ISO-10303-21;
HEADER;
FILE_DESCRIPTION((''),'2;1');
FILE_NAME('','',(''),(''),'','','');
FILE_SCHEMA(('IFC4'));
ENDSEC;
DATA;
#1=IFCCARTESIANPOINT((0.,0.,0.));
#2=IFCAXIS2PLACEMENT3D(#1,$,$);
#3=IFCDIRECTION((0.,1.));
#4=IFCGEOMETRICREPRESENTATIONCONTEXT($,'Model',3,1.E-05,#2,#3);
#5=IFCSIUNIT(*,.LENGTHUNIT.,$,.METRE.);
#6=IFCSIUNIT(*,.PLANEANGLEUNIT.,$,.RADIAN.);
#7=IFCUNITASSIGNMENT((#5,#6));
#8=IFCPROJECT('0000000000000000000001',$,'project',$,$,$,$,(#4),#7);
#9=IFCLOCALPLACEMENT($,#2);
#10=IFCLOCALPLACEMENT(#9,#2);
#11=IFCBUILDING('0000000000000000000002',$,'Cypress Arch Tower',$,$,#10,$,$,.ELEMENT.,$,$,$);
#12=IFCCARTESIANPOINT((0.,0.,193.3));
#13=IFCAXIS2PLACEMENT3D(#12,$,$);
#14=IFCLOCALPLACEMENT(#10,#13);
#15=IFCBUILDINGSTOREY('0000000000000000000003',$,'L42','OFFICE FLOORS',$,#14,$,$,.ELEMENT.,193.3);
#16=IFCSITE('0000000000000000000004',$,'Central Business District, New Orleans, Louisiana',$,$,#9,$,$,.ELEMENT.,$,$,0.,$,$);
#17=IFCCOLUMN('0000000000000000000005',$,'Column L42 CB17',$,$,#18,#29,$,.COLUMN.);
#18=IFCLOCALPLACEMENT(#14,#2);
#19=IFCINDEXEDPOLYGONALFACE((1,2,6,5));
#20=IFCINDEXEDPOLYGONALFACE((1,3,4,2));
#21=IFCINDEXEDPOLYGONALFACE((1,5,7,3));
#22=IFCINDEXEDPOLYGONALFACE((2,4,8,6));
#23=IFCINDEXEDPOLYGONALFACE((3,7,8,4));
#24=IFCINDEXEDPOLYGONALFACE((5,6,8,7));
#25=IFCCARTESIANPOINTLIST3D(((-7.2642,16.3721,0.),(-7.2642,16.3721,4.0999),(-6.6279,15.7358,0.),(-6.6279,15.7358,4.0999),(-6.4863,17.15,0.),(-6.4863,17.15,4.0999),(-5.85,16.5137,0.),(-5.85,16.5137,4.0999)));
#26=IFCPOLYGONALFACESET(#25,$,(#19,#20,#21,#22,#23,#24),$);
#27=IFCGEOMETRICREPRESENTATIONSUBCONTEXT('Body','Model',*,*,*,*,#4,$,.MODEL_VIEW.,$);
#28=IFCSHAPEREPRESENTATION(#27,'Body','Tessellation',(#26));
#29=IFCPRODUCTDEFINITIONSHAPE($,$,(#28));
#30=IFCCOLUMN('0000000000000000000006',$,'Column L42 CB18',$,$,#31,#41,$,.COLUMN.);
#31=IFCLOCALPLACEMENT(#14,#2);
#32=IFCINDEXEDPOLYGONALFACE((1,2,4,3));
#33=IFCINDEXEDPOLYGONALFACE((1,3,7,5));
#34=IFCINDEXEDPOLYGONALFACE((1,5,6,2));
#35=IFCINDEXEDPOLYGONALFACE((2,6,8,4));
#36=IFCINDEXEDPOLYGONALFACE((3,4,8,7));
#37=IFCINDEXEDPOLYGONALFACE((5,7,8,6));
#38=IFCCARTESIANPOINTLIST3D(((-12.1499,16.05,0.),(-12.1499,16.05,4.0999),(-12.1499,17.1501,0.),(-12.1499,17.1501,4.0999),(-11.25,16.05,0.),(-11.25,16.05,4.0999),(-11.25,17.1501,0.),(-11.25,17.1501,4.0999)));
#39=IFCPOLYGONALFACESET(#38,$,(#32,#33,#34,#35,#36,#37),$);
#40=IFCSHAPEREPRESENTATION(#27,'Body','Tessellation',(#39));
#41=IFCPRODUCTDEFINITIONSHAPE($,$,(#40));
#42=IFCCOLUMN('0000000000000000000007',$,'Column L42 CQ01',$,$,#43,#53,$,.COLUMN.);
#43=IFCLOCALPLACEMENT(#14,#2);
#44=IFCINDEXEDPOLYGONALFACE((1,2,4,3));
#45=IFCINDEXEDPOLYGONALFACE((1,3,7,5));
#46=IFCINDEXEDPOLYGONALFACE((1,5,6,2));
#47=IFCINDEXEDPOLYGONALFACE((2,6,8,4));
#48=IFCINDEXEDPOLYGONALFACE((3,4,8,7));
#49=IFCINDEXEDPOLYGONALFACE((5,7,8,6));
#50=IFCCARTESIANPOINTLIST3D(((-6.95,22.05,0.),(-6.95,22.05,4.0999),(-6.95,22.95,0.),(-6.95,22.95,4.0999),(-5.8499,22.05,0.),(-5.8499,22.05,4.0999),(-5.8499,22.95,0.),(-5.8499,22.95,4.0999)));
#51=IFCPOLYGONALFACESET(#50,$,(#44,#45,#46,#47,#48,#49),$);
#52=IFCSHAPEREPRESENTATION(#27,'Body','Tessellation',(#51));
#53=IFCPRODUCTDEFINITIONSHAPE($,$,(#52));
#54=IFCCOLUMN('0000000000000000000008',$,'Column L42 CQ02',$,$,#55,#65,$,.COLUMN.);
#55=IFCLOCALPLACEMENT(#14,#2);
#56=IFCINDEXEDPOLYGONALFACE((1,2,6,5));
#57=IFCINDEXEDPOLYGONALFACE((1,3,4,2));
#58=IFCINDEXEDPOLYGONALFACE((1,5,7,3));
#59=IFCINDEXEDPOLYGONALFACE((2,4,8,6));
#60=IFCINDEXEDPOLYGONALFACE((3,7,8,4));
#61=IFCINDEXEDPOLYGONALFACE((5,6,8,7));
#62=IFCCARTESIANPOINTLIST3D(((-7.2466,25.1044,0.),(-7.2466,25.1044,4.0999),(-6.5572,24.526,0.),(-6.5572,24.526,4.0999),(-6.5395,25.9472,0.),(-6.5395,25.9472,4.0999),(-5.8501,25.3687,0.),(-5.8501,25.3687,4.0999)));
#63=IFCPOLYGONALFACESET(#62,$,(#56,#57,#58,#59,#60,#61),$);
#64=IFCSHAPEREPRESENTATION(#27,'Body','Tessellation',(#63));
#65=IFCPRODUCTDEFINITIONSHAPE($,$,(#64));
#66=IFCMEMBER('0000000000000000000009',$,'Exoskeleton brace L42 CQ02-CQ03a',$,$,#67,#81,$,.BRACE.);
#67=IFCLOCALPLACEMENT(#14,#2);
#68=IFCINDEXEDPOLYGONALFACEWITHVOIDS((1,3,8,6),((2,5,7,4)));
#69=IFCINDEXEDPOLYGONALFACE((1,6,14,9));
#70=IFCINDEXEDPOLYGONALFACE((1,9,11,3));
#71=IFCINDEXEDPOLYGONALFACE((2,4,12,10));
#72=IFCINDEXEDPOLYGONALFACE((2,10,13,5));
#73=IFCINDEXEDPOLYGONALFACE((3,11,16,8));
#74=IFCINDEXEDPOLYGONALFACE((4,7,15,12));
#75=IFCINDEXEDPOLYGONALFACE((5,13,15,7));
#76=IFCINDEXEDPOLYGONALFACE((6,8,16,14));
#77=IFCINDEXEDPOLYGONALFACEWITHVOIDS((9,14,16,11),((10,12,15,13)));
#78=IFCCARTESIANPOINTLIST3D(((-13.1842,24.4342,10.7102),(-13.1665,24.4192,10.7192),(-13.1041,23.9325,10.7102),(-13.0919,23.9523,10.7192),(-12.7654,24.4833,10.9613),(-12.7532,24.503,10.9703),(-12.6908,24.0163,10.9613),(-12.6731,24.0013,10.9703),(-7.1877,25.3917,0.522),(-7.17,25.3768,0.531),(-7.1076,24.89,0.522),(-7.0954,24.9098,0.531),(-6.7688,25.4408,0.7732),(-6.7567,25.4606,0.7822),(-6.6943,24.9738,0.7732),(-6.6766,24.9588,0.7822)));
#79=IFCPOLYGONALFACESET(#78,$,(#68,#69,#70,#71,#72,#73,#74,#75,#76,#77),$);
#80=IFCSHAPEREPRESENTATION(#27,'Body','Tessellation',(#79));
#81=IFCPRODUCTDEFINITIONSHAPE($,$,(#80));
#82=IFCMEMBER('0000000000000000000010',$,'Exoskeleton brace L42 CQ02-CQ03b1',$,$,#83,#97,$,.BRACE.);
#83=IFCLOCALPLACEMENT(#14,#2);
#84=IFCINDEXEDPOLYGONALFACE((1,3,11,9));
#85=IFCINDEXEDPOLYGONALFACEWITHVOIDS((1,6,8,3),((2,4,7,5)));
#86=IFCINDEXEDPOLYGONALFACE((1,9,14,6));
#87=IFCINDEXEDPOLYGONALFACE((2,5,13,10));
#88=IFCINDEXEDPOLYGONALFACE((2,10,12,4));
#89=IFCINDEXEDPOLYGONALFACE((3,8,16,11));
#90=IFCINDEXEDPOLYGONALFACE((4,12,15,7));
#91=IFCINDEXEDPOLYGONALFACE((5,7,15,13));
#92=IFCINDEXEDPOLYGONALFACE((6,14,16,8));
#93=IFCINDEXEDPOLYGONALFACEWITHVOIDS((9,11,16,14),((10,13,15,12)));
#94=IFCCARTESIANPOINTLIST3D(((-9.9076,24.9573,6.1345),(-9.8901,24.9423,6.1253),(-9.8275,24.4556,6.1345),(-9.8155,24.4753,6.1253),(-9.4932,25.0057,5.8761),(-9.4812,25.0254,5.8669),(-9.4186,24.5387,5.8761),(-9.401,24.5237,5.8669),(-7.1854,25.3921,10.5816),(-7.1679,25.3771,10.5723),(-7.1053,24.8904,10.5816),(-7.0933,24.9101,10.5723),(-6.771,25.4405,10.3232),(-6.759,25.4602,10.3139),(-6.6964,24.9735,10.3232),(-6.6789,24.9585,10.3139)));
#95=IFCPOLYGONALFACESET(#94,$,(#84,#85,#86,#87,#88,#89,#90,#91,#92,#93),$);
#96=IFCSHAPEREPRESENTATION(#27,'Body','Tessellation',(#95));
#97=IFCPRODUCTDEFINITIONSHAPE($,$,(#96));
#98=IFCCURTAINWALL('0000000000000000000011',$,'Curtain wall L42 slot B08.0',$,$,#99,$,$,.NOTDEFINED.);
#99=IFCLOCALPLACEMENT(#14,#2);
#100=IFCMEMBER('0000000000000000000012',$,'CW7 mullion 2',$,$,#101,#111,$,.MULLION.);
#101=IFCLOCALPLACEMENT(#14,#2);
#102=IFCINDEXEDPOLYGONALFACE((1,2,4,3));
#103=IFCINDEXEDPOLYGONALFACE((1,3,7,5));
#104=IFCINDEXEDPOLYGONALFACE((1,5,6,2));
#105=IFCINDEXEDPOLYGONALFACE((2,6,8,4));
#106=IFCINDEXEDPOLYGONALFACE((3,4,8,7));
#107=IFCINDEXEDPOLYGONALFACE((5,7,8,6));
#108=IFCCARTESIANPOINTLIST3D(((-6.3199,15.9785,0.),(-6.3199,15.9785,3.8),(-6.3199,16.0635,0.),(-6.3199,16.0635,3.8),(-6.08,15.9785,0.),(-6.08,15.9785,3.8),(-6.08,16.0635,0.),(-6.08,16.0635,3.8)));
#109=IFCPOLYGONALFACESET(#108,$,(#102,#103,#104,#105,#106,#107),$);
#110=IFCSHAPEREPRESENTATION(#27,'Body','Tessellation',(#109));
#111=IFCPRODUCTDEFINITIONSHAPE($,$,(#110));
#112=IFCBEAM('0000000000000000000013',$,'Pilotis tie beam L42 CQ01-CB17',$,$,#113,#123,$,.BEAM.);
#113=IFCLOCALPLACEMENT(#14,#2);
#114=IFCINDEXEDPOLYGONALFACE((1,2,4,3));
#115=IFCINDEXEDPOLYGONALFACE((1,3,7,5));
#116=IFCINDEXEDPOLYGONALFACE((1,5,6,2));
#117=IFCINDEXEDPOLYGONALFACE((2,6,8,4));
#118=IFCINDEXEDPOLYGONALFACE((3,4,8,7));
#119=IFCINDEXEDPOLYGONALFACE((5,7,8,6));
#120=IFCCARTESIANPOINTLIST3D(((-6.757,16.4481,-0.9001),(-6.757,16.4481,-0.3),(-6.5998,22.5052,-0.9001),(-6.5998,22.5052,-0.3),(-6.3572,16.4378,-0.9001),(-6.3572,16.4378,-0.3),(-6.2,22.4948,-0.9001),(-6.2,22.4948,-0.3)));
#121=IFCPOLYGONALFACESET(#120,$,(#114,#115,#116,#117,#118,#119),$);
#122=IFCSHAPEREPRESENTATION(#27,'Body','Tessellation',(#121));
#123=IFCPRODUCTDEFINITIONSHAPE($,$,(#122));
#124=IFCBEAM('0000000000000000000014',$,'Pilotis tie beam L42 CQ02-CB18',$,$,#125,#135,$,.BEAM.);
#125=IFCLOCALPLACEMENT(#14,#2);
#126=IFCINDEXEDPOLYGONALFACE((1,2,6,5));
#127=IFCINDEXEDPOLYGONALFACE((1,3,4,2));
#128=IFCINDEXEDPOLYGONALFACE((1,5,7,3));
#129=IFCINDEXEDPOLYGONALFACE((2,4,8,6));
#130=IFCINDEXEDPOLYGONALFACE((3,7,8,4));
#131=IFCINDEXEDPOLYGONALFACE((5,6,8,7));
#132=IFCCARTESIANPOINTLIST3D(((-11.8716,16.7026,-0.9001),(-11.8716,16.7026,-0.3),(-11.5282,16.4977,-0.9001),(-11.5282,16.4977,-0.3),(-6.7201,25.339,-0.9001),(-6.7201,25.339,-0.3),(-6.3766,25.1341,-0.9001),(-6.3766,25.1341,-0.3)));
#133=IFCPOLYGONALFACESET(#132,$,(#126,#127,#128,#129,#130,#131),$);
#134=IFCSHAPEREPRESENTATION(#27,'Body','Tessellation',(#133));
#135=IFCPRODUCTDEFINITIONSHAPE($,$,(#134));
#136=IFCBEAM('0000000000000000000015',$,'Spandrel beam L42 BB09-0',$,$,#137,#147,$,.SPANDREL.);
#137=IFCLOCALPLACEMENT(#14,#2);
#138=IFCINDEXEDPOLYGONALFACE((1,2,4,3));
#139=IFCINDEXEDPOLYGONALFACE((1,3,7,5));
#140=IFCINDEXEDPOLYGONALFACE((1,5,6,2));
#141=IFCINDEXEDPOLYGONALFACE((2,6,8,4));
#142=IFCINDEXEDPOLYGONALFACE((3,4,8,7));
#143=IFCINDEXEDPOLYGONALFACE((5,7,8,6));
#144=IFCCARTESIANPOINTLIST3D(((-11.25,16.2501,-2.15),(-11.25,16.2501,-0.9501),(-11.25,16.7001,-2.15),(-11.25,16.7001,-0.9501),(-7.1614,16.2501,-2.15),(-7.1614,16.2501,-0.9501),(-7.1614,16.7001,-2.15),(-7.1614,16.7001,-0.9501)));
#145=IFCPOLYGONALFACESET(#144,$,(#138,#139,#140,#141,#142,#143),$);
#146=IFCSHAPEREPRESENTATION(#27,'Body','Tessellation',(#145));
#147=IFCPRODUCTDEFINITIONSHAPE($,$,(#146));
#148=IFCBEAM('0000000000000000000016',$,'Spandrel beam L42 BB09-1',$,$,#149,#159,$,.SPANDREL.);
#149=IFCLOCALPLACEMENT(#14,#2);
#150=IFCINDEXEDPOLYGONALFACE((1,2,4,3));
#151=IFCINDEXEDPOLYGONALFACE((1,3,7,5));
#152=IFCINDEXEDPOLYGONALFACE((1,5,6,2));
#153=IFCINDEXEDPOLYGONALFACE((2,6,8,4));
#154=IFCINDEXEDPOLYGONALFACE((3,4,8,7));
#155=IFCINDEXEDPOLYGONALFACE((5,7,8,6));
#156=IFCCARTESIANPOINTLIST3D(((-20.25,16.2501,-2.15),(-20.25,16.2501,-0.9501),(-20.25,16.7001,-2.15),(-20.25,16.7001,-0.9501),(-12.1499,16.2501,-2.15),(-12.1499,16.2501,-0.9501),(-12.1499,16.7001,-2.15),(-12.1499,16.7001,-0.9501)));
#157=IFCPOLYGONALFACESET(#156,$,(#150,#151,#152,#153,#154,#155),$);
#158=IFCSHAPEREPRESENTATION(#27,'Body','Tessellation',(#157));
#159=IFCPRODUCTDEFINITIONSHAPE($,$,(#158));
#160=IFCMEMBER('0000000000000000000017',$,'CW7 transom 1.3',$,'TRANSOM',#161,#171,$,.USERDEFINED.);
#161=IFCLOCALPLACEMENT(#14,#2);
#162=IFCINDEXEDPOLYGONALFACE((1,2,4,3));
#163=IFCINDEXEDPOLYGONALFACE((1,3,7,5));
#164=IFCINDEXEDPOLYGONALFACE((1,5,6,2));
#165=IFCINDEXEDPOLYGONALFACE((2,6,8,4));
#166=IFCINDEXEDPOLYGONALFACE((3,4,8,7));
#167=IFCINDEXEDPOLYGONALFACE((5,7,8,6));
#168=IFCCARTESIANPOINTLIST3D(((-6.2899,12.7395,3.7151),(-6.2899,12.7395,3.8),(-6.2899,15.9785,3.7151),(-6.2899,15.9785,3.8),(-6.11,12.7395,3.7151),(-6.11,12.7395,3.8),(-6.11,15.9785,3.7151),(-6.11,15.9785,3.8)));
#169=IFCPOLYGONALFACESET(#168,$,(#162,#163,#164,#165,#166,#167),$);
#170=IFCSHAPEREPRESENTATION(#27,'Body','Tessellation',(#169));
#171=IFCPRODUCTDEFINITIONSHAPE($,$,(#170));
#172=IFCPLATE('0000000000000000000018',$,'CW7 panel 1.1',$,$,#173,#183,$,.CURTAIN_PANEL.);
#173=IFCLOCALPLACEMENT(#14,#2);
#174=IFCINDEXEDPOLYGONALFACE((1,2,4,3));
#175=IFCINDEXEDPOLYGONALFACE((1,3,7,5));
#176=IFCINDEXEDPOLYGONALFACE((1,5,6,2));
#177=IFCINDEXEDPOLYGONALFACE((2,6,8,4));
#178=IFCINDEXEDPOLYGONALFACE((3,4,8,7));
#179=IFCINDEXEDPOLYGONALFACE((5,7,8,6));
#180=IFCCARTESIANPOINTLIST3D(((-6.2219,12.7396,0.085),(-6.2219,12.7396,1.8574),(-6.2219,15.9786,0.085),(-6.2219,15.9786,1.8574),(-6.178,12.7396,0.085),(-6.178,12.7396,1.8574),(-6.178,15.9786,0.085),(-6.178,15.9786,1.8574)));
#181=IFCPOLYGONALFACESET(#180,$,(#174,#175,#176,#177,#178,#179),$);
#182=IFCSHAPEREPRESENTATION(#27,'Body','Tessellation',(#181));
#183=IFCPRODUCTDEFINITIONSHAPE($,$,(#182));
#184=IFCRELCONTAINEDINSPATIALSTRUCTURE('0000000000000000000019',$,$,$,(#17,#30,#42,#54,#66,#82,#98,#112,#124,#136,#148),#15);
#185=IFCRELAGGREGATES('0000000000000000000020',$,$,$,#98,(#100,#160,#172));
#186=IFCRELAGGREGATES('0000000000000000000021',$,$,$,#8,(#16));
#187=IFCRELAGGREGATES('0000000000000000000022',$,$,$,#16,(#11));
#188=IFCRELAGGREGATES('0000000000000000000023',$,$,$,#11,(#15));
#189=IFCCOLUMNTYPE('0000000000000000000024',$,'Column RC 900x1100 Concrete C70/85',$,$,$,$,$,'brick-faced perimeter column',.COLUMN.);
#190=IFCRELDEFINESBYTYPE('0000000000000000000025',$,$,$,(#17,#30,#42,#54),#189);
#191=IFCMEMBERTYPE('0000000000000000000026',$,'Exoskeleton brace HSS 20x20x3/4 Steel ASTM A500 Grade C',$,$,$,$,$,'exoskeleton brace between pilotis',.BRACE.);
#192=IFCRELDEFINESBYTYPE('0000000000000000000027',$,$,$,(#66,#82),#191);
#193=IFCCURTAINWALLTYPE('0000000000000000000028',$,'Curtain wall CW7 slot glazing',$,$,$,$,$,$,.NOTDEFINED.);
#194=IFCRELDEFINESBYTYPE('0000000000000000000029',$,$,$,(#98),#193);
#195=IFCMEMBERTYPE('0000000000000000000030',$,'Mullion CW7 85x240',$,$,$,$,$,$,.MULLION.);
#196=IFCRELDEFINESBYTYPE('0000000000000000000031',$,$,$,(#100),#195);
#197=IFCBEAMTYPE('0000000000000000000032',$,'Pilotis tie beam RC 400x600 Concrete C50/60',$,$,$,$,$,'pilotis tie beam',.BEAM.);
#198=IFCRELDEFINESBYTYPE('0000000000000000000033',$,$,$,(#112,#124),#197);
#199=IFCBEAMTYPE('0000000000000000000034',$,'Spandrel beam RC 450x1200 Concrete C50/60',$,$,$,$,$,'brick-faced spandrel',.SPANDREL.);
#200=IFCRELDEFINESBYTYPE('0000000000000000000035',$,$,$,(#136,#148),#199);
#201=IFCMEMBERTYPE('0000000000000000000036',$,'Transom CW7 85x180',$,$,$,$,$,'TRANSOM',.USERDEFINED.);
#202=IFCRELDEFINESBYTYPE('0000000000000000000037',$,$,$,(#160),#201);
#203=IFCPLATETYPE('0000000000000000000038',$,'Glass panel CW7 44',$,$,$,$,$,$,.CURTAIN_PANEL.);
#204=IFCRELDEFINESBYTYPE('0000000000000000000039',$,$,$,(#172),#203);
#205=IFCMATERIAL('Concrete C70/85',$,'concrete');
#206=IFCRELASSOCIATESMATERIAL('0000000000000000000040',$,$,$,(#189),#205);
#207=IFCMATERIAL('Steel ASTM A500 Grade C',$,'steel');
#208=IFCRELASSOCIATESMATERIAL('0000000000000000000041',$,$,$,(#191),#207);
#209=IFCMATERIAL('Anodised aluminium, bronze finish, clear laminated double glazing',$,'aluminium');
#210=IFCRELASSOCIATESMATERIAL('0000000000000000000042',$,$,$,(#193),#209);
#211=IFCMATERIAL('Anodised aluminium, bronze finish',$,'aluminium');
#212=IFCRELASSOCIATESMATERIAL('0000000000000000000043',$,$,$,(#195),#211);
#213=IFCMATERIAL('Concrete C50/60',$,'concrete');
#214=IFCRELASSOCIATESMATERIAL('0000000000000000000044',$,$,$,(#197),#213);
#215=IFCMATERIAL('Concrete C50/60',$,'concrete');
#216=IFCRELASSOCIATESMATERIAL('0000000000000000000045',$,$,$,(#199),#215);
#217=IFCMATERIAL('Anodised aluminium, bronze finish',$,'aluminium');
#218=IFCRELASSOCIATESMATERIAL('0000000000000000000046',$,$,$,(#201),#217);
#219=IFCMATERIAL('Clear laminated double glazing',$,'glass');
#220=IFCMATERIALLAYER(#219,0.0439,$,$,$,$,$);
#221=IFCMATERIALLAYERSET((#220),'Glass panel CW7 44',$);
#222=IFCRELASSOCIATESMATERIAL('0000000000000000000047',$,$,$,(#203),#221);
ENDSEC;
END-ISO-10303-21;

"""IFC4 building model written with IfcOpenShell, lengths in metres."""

from ifc_helpers import new_model, si_unit, direction, frame, origin, origin_2d, place, context, subcontext, project, spatial, rectangle, hollow_rectangle, extrude, material, layer, layer_set, material_profile, profile_set, type_object, element, aggregate, save


model = new_model("IFC4")

# Units and contexts
model_context = context("Model", 3, precision=1e-05, world=origin(), true_north=direction((0.0, 1.0)))
body_context = subcontext(model_context, "Body", "Model", "MODEL_VIEW")
ifc_project = project(units=[si_unit("LENGTHUNIT", "METRE"), si_unit("PLANEANGLEUNIT", "RADIAN")], contexts=[model_context])

# Site, building, storey
site_placement = place(None, origin())
site = spatial("IfcSite", under=ifc_project, at=site_placement, Name="Central Business District, New Orleans, Louisiana", CompositionType="ELEMENT", RefElevation=0.0)
building_placement = place(site_placement, origin())
building = spatial("IfcBuilding", under=site, at=building_placement, Name="Cypress Arch Tower", CompositionType="ELEMENT")
storey_placement = place(building_placement, frame((0.0, 0.0, 193.3)))
storey = spatial("IfcBuildingStorey", under=building, at=storey_placement, Name="L42", Description="OFFICE FLOORS", CompositionType="ELEMENT", Elevation=193.3)

# Columns
ifc_material_1 = material(Name="Concrete C70/85", Category="concrete")
ifc_material_profile_1 = material_profile(ifc_material_1, rectangle(XDim=0.8999, YDim=1.1001, at=origin_2d()), Name="RC 900x1100")
ifc_profile_set_1 = profile_set([ifc_material_profile_1], Name="Concrete C70/85")
column_type = type_object("IfcColumnType", Name="Column RC 900x1100 Concrete C70/85", ElementType="brick-faced perimeter column", PredefinedType="COLUMN", material=ifc_profile_set_1)
for number, where, z_axis, x_axis, name in (
    (1, (-6.5571, 16.4429, 0.0), (0.0, 0.0, 1.0), (-0.707107, 0.707107, 0.0), "Column L42 CB17"),
    (2, (-11.7, 16.6001, 0.0), (0.0, 0.0, 1.0), (-1.0, 0.0, 0.0), "Column L42 CB18"),
    (3, (-6.3999, 22.5, 0.0), (0.0, 0.0, 1.0), (0.0, 1.0, 0.0), "Column L42 CQ01"),
    (4, (-6.5483, 25.2366, 0.0), (0.0, 0.0, 1.0), (-0.766064, 0.642765, 0.0), "Column L42 CQ02"),
):
    element("IfcColumn", number, at=place(storey_placement, frame(where, z_axis=z_axis, x_axis=x_axis)), inside=storey, type_object=column_type, Name=name, PredefinedType="COLUMN", context=body_context, shape_type="SweptSolid", body=[
        extrude(rectangle(XDim=0.8999, YDim=1.1001, at=origin_2d()), origin(), (0.0, 0.0, 1.0), 4.0999),
    ])

# Members
ifc_material_2 = material(Name="Steel ASTM A500 Grade C", Category="steel")
ifc_material_profile_2 = material_profile(ifc_material_2, hollow_rectangle(XDim=0.5081, YDim=0.5081, WallThickness=0.0176, at=origin_2d()), Name="HSS 20x20x3/4")
ifc_profile_set_2 = profile_set([ifc_material_profile_2], Name="Steel ASTM A500 Grade C")
member_type_1 = type_object("IfcMemberType", Name="Exoskeleton brace HSS 20x20x3/4 Steel ASTM A500 Grade C", ElementType="exoskeleton brace between pilotis", PredefinedType="BRACE", material=ifc_profile_set_2)
member_1_placement = place(storey_placement, frame((-6.9321, 25.1753, 0.6521), z_axis=(-0.505585, -0.080731, 0.858992), x_axis=(0.15768, -0.98749, 0.0)))
element("IfcMember", 5, at=member_1_placement, inside=storey, type_object=member_type_1, Name="Exoskeleton brace L42 CQ02-CQ03a", PredefinedType="BRACE", context=body_context, shape_type="SweptSolid", body=[
    extrude(hollow_rectangle(XDim=0.5081, YDim=0.5081, WallThickness=0.0176, at=origin_2d()), origin(), (0.0, 0.0, 1.0), 11.8606),
])
member_2_placement = place(storey_placement, frame((-6.9321, 25.1753, 10.4478), z_axis=(-0.520278, -0.083105, -0.849944), x_axis=(0.157731, -0.987482, 0.0)))
element("IfcMember", 6, at=member_2_placement, inside=storey, type_object=member_type_1, Name="Exoskeleton brace L42 CQ02-CQ03b1", PredefinedType="BRACE", context=body_context, shape_type="SweptSolid", body=[
    extrude(hollow_rectangle(XDim=0.5081, YDim=0.5081, WallThickness=0.0176, at=origin_2d()), origin(), (0.0, 0.0, 1.0), 5.2322),
])

# Curtain wall, member
ifc_material_3 = material(Name="Anodised aluminium, bronze finish, clear laminated double glazing", Category="aluminium")
curtain_wall_type = type_object("IfcCurtainWallType", Name="Curtain wall CW7 slot glazing", PredefinedType="NOTDEFINED", material=ifc_material_3)
curtain_wall_placement = place(storey_placement, origin())
curtain_wall = element("IfcCurtainWall", 7, at=curtain_wall_placement, inside=storey, type_object=curtain_wall_type, Name="Curtain wall L42 slot B08.0", PredefinedType="NOTDEFINED")
ifc_material_4 = material(Name="Anodised aluminium, bronze finish", Category="aluminium")
ifc_material_profile_3 = material_profile(ifc_material_4, rectangle(XDim=0.24, YDim=0.085, at=origin_2d()), Name="Mullion 85x240")
ifc_profile_set_3 = profile_set([ifc_material_profile_3], Name="Anodised aluminium, bronze finish")
member_type_2 = type_object("IfcMemberType", Name="Mullion CW7 85x240", PredefinedType="MULLION", material=ifc_profile_set_3)
member_3_placement = place(storey_placement, frame((-6.2, 16.021, 0.0), z_axis=(0.0, 0.0, 1.0), x_axis=(-1.0, 0.0, 0.0)))
member_3 = element("IfcMember", 8, at=member_3_placement, type_object=member_type_2, Name="CW7 mullion 2", PredefinedType="MULLION", context=body_context, shape_type="SweptSolid", body=[
    extrude(rectangle(XDim=0.24, YDim=0.085, at=origin_2d()), origin(), (0.0, 0.0, 1.0), 3.8),
])

# Beams
ifc_material_5 = material(Name="Concrete C50/60", Category="concrete")
ifc_material_profile_4 = material_profile(ifc_material_5, rectangle(XDim=0.3999, YDim=0.6001, at=origin_2d()), Name="RC 400x600")
ifc_profile_set_4 = profile_set([ifc_material_profile_4], Name="Concrete C50/60")
beam_type_1 = type_object("IfcBeamType", Name="Pilotis tie beam RC 400x600 Concrete C50/60", ElementType="pilotis tie beam", PredefinedType="BEAM", material=ifc_profile_set_4)
beam_1_placement = place(storey_placement, frame((-6.3999, 22.5, -0.6001), z_axis=(-0.025949, -0.999663, 0.0), x_axis=(0.999663, -0.025949, 0.0)))
element("IfcBeam", 9, at=beam_1_placement, inside=storey, type_object=beam_type_1, Name="Pilotis tie beam L42 CQ01-CB17", PredefinedType="BEAM", context=body_context, shape_type="SweptSolid", body=[
    extrude(rectangle(XDim=0.3999, YDim=0.6001, at=origin_2d()), origin(), (0.0, 0.0, 1.0), 6.0591),
])
beam_2_placement = place(storey_placement, frame((-6.5483, 25.2366, -0.6001), z_axis=(-0.512281, -0.858818, 0.0), x_axis=(0.858818, -0.512281, 0.0)))
element("IfcBeam", 10, at=beam_2_placement, inside=storey, type_object=beam_type_1, Name="Pilotis tie beam L42 CQ02-CB18", PredefinedType="BEAM", context=body_context, shape_type="SweptSolid", body=[
    extrude(rectangle(XDim=0.3999, YDim=0.6001, at=origin_2d()), origin(), (0.0, 0.0, 1.0), 10.0562),
])
ifc_material_6 = material(Name="Concrete C50/60", Category="concrete")
ifc_material_profile_5 = material_profile(ifc_material_6, rectangle(XDim=0.45, YDim=1.2, at=origin_2d()), Name="RC 450x1200")
ifc_profile_set_5 = profile_set([ifc_material_profile_5], Name="Concrete C50/60")
beam_type_2 = type_object("IfcBeamType", Name="Spandrel beam RC 450x1200 Concrete C50/60", ElementType="brick-faced spandrel", PredefinedType="SPANDREL", material=ifc_profile_set_5)
beam_3_placement = place(storey_placement, frame((-7.1614, 16.4751, -1.55), z_axis=(-1.0, 0.0, 0.0), x_axis=(0.0, -1.0, 0.0)))
element("IfcBeam", 11, at=beam_3_placement, inside=storey, type_object=beam_type_2, Name="Spandrel beam L42 BB09-0", PredefinedType="SPANDREL", context=body_context, shape_type="SweptSolid", body=[
    extrude(rectangle(XDim=0.45, YDim=1.2, at=origin_2d()), origin(), (0.0, 0.0, 1.0), 4.0886),
])
beam_4_placement = place(storey_placement, frame((-12.1499, 16.4751, -1.55), z_axis=(-1.0, 0.0, 0.0), x_axis=(0.0, -1.0, 0.0)))
element("IfcBeam", 12, at=beam_4_placement, inside=storey, type_object=beam_type_2, Name="Spandrel beam L42 BB09-1", PredefinedType="SPANDREL", context=body_context, shape_type="SweptSolid", body=[
    extrude(rectangle(XDim=0.45, YDim=1.2, at=origin_2d()), origin(), (0.0, 0.0, 1.0), 8.1001),
])

# Member
ifc_material_7 = material(Name="Anodised aluminium, bronze finish", Category="aluminium")
ifc_material_profile_6 = material_profile(ifc_material_7, rectangle(XDim=0.1799, YDim=0.085, at=origin_2d()), Name="Transom 85x180")
ifc_profile_set_6 = profile_set([ifc_material_profile_6], Name="Anodised aluminium, bronze finish")
member_type_3 = type_object("IfcMemberType", Name="Transom CW7 85x180", ElementType="TRANSOM", PredefinedType="USERDEFINED", material=ifc_profile_set_6)
member_4_placement = place(storey_placement, frame((-6.2, 12.7395, 3.7576), z_axis=(0.0, 1.0, 0.0), x_axis=(-1.0, 0.0, 0.0)))
member_4 = element("IfcMember", 13, at=member_4_placement, type_object=member_type_3, Name="CW7 transom 1.3", ObjectType="TRANSOM", PredefinedType="USERDEFINED", context=body_context, shape_type="SweptSolid", body=[
    extrude(rectangle(XDim=0.1799, YDim=0.085, at=origin_2d()), origin(), (0.0, 0.0, 1.0), 3.239),
])

# Plate
ifc_material_8 = material(Name="Clear laminated double glazing", Category="glass")
ifc_layer_1 = layer(ifc_material_8, 0.0439)
ifc_layer_set_1 = layer_set([ifc_layer_1], Name="Glass panel CW7 44")
plate_type = type_object("IfcPlateType", Name="Glass panel CW7 44", PredefinedType="CURTAIN_PANEL", material=ifc_layer_set_1)
plate_1_placement = place(storey_placement, frame((-6.2, 14.3591, 0.085), z_axis=(0.0, 0.0, 1.0), x_axis=(0.0, 1.0, 0.0)))
plate_1 = element("IfcPlate", 14, at=plate_1_placement, type_object=plate_type, Name="CW7 panel 1.1", PredefinedType="CURTAIN_PANEL", context=body_context, shape_type="SweptSolid", body=[
    extrude(rectangle(XDim=3.239, YDim=0.0439, at=origin_2d()), origin(), (0.0, 0.0, 1.0), 1.7725),
])
aggregate(curtain_wall, [member_3, member_4, plate_1])

save(model, "model.ifc")
